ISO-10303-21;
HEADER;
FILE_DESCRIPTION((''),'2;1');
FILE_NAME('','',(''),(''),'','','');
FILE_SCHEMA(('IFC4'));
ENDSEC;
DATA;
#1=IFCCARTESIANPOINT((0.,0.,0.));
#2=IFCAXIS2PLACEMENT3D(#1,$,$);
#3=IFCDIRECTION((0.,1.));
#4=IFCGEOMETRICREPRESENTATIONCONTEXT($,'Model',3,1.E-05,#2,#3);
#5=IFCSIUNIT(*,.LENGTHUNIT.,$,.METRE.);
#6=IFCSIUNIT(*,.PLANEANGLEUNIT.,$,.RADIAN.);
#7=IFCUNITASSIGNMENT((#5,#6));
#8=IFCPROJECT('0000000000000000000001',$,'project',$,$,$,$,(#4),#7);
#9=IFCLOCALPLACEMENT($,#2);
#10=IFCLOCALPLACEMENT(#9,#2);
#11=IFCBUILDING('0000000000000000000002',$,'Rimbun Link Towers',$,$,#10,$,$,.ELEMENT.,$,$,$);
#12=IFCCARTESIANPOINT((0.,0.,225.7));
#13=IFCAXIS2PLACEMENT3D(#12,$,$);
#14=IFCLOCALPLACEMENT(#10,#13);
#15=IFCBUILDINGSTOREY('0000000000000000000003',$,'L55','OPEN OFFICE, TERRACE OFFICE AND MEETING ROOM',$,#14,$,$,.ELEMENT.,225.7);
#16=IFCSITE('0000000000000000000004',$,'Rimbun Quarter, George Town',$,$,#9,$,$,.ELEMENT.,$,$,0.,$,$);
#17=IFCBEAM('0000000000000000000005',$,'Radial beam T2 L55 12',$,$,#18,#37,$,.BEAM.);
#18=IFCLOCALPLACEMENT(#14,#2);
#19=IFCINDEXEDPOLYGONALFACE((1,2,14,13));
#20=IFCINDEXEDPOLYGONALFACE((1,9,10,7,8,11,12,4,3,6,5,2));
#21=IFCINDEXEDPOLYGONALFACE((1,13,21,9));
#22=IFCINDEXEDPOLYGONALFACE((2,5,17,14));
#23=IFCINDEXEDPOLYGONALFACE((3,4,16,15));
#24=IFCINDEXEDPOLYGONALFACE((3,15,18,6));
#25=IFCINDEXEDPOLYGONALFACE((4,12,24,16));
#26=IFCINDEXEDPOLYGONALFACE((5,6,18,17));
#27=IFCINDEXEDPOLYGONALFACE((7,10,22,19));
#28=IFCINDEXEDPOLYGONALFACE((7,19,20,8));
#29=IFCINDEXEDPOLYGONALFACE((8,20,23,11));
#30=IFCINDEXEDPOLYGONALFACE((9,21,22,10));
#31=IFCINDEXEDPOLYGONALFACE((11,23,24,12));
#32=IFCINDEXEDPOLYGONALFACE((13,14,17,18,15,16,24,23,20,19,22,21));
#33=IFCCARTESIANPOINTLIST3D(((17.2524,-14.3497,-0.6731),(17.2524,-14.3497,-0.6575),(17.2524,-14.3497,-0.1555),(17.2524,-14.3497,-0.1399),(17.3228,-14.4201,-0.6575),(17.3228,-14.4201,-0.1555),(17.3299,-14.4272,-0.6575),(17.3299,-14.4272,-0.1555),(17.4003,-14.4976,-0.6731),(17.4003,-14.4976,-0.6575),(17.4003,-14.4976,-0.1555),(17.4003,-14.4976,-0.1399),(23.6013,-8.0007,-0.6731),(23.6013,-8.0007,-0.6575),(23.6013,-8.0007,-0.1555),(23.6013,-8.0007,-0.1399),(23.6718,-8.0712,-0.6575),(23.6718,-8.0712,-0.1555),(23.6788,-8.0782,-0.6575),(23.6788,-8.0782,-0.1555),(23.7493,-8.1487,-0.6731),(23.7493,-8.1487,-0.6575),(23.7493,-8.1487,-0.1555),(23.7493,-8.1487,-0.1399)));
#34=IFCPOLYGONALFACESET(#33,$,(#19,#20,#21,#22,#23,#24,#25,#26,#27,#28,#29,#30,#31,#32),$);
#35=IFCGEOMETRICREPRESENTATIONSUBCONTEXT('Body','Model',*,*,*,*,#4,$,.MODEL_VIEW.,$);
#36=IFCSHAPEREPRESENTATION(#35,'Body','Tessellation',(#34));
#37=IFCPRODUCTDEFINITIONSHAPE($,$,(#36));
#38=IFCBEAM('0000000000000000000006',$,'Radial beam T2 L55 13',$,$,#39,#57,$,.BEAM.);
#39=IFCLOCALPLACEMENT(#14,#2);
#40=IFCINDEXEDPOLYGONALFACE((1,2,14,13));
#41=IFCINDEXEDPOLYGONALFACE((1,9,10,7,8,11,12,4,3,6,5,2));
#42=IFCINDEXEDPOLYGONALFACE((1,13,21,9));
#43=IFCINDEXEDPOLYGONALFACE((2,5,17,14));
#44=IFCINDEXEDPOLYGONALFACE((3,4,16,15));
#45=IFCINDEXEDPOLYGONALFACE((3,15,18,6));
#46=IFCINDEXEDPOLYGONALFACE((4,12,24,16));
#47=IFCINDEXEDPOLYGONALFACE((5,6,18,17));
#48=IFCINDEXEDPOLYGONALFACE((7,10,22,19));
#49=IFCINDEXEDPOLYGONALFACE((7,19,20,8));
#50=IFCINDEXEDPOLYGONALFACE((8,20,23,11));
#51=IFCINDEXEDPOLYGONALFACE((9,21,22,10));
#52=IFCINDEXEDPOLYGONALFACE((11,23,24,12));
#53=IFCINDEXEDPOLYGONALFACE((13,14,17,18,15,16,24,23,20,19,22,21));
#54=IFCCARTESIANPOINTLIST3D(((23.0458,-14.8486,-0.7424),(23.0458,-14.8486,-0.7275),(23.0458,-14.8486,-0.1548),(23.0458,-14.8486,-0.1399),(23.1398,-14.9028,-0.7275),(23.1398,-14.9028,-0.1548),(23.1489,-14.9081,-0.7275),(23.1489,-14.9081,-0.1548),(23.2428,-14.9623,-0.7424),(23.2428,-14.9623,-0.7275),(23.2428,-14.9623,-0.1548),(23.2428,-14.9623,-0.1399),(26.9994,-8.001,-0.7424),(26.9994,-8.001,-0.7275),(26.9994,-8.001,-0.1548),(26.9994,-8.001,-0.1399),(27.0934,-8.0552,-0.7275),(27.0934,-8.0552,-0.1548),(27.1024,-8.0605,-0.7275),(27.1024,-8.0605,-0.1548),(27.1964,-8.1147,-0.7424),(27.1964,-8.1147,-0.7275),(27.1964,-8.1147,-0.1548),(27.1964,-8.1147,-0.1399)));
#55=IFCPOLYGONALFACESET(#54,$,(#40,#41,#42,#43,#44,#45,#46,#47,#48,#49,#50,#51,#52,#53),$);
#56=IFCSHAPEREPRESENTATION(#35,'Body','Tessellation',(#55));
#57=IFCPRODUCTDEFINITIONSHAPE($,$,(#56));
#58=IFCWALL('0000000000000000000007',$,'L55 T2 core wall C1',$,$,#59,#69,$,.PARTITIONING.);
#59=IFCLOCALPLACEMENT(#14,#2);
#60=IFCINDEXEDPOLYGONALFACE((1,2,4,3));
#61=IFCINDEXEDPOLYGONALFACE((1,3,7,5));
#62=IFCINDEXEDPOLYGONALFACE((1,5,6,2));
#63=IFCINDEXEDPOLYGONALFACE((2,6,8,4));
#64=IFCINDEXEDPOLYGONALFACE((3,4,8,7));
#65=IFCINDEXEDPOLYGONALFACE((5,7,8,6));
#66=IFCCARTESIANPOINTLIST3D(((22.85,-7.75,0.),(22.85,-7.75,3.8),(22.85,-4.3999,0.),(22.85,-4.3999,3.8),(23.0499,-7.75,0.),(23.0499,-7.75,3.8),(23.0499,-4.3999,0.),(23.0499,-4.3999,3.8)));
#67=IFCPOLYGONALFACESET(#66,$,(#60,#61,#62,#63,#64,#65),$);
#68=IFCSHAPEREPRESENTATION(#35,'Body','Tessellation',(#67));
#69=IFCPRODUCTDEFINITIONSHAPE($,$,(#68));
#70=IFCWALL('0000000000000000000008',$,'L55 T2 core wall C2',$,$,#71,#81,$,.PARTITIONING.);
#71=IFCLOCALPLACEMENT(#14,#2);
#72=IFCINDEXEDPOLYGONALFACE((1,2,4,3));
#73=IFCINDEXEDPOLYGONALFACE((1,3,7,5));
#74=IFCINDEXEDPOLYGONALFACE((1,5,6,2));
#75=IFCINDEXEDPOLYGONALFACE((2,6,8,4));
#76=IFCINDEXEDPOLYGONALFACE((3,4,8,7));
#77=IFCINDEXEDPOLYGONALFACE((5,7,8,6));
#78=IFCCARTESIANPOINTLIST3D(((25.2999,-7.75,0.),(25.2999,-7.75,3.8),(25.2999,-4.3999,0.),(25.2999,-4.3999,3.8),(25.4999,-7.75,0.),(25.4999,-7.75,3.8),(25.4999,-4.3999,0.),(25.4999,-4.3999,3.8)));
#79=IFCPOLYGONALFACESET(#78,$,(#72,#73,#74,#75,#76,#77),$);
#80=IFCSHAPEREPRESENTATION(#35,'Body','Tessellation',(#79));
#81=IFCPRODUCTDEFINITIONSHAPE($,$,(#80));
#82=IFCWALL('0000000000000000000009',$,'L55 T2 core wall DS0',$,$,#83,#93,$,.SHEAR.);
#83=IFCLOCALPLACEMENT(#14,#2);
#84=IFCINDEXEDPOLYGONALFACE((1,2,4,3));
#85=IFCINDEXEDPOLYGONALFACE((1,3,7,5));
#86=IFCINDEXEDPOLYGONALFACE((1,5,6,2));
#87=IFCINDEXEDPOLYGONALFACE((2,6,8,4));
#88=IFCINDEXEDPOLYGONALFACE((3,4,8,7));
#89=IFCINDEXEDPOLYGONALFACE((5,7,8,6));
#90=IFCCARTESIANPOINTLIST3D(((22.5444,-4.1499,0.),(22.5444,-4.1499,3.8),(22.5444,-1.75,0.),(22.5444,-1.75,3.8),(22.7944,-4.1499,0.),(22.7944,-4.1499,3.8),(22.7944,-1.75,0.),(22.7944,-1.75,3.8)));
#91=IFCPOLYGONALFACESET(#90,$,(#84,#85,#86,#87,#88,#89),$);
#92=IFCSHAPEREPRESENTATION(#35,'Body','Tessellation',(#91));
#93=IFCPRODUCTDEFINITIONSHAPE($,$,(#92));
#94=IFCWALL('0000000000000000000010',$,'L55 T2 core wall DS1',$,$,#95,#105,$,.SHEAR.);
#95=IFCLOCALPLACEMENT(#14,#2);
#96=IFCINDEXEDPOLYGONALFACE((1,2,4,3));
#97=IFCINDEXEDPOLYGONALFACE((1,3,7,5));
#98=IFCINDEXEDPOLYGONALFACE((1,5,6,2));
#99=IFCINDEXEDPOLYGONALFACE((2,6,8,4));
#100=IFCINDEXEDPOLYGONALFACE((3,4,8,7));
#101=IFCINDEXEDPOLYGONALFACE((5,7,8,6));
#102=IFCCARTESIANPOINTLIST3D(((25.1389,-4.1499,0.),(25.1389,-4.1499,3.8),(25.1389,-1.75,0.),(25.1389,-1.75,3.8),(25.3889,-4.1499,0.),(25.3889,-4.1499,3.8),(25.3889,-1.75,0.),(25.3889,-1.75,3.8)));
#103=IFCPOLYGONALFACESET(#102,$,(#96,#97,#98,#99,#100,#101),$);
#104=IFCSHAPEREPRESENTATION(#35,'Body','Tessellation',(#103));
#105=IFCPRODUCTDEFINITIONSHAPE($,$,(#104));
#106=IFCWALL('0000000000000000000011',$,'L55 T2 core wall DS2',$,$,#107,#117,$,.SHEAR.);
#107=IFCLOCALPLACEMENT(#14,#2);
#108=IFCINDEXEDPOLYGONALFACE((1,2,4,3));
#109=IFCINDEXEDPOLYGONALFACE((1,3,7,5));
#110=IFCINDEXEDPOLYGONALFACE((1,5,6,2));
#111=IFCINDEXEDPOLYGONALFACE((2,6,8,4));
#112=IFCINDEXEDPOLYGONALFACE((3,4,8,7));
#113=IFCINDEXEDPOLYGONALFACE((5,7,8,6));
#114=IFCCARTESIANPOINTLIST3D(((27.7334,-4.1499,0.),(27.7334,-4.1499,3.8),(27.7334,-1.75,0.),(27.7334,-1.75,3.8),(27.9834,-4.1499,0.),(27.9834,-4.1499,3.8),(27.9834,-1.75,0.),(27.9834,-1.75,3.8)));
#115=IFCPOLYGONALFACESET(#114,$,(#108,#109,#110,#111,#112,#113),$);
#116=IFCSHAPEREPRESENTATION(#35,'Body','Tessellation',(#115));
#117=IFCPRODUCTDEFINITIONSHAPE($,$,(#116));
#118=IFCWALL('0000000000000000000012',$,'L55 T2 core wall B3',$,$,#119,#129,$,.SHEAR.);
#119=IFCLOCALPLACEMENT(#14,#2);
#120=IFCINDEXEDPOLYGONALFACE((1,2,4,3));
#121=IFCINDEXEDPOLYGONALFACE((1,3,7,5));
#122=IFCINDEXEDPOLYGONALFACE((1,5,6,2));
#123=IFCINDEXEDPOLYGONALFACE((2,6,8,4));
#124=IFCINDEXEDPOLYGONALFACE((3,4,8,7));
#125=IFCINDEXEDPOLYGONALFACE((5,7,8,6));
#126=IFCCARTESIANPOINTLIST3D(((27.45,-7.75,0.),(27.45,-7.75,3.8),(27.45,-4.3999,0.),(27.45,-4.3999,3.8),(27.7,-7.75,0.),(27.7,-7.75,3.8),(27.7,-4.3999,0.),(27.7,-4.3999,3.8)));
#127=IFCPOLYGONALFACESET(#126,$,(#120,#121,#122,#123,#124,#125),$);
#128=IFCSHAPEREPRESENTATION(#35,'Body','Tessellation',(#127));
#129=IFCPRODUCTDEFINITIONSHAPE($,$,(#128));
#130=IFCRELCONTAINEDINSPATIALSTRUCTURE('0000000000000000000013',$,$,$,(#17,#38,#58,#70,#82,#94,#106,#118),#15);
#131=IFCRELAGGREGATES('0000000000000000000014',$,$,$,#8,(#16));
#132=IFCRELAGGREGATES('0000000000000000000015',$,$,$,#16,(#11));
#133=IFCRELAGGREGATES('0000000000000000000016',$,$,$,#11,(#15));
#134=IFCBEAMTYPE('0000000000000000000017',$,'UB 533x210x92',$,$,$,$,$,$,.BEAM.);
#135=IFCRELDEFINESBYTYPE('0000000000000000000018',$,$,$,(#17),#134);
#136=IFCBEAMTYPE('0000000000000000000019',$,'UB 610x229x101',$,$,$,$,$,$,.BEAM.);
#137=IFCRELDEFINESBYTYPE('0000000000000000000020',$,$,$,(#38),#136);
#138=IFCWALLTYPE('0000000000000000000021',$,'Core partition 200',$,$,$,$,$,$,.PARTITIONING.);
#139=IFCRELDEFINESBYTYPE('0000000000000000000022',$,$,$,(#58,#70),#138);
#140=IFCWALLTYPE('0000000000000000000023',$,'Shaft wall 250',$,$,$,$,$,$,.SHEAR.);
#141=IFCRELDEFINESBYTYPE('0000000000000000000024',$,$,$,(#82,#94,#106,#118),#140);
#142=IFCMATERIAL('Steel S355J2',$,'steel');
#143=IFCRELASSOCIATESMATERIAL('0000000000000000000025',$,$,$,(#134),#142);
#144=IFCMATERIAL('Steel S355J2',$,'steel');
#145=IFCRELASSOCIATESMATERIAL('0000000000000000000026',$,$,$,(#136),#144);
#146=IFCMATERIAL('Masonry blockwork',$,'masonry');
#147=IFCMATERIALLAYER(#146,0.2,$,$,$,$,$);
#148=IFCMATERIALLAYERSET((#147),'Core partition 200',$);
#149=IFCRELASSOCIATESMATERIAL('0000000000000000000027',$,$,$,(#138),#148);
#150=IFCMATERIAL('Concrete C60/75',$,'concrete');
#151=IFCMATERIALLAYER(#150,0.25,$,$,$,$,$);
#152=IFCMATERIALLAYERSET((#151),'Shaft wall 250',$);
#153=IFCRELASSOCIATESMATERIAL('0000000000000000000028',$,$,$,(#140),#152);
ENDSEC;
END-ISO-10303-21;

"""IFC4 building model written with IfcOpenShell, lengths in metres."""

from ifc_helpers import new_model, si_unit, direction, frame, frame_2d, origin, origin_2d, place, context, subcontext, project, spatial, rectangle, i_section, extrude, material, layer, layer_set, material_profile, profile_set, type_object, element, save


model = new_model("IFC4")

# Units and contexts
model_context = context("Model", 3, precision=1e-05, world=origin(), true_north=direction((0.0, 1.0)))
body_context = subcontext(model_context, "Body", "Model", "MODEL_VIEW")
ifc_project = project(units=[si_unit("LENGTHUNIT", "METRE"), si_unit("PLANEANGLEUNIT", "RADIAN")], contexts=[model_context])

# Site, building, storey
site_placement = place(None, origin())
site = spatial("IfcSite", under=ifc_project, at=site_placement, Name="Rimbun Quarter, George Town", CompositionType="ELEMENT", RefElevation=0.0)
building_placement = place(site_placement, origin())
building = spatial("IfcBuilding", under=site, at=building_placement, Name="Rimbun Link Towers", CompositionType="ELEMENT")
storey_placement = place(building_placement, frame((0.0, 0.0, 225.7)))
storey = spatial("IfcBuildingStorey", under=building, at=storey_placement, Name="L55", Description="OPEN OFFICE, TERRACE OFFICE AND MEETING ROOM", CompositionType="ELEMENT", Elevation=225.7)

# Beams
ifc_material_1 = material(Name="Steel S355J2", Category="steel")
ifc_material_profile_1 = material_profile(ifc_material_1, i_section(OverallWidth=0.2092, OverallDepth=0.5332, WebThickness=0.01, FlangeThickness=0.0156, at=origin_2d()), Name="UB 533x210x92")
ifc_profile_set_1 = profile_set([ifc_material_profile_1], Name="Steel S355J2")
beam_type_1 = type_object("IfcBeamType", Name="UB 533x210x92", PredefinedType="BEAM", material=ifc_profile_set_1)
beam_1_placement = place(storey_placement, frame((23.6753, -8.0747, -0.4065), z_axis=(-0.707107, -0.707107, 0.0), x_axis=(0.707107, -0.707107, 0.0)))
element("IfcBeam", 1, at=beam_1_placement, inside=storey, type_object=beam_type_1, Name="Radial beam T2 L55 12", PredefinedType="BEAM", context=body_context, shape_type="SweptSolid", body=[
    extrude(i_section(OverallWidth=0.2092, OverallDepth=0.5332, WebThickness=0.01, FlangeThickness=0.0156, at=origin_2d()), origin(), (0.0, 0.0, 1.0), 8.9788),
])
ifc_material_2 = material(Name="Steel S355J2", Category="steel")
ifc_material_profile_2 = material_profile(ifc_material_2, i_section(OverallWidth=0.2275, OverallDepth=0.6025, WebThickness=0.0105, FlangeThickness=0.0149, at=origin_2d()), Name="UB 610x229x101")
ifc_profile_set_2 = profile_set([ifc_material_profile_2], Name="Steel S355J2")
beam_type_2 = type_object("IfcBeamType", Name="UB 610x229x101", PredefinedType="BEAM", material=ifc_profile_set_2)
beam_2_placement = place(storey_placement, frame((27.0979, -8.0579, -0.4412), z_axis=(-0.500011, -0.866019, 0.0), x_axis=(0.866019, -0.500011, 0.0)))
element("IfcBeam", 2, at=beam_2_placement, inside=storey, type_object=beam_type_2, Name="Radial beam T2 L55 13", PredefinedType="BEAM", context=body_context, shape_type="SweptSolid", body=[
    extrude(i_section(OverallWidth=0.2275, OverallDepth=0.6025, WebThickness=0.0105, FlangeThickness=0.0149, at=origin_2d()), origin(), (0.0, 0.0, 1.0), 7.907),
])

# Walls
ifc_material_3 = material(Name="Masonry blockwork", Category="masonry")
ifc_layer_1 = layer(ifc_material_3, 0.2)
ifc_layer_set_1 = layer_set([ifc_layer_1], Name="Core partition 200")
wall_type_1 = type_object("IfcWallType", Name="Core partition 200", PredefinedType="PARTITIONING", material=ifc_layer_set_1)
for number, where, z_axis, x_axis, name in (
    (3, (22.95, -4.3999, 0.0), (0.0, 0.0, 1.0), (0.0, -1.0, 0.0), "L55 T2 core wall C1"),
    (4, (25.3999, -4.3999, 0.0), (0.0, 0.0, 1.0), (0.0, -1.0, 0.0), "L55 T2 core wall C2"),
):
    element("IfcWall", number, at=place(storey_placement, frame(where, z_axis=z_axis, x_axis=x_axis)), inside=storey, type_object=wall_type_1, Name=name, PredefinedType="PARTITIONING", context=body_context, shape_type="SweptSolid", body=[
        extrude(rectangle(XDim=3.3501, YDim=0.2, at=frame_2d((1.675, 0.0))), origin(), (0.0, 0.0, 1.0), 3.8),
    ])
ifc_material_4 = material(Name="Concrete C60/75", Category="concrete")
ifc_layer_2 = layer(ifc_material_4, 0.25)
ifc_layer_set_2 = layer_set([ifc_layer_2], Name="Shaft wall 250")
wall_type_2 = type_object("IfcWallType", Name="Shaft wall 250", PredefinedType="SHEAR", material=ifc_layer_set_2)
for number, where, z_axis, x_axis, name in (
    (5, (22.6694, -4.1499, 0.0), (0.0, 0.0, 1.0), (0.0, 1.0, 0.0), "L55 T2 core wall DS0"),
    (6, (25.2639, -4.1499, 0.0), (0.0, 0.0, 1.0), (0.0, 1.0, 0.0), "L55 T2 core wall DS1"),
    (7, (27.8584, -4.1499, 0.0), (0.0, 0.0, 1.0), (0.0, 1.0, 0.0), "L55 T2 core wall DS2"),
):
    element("IfcWall", number, at=place(storey_placement, frame(where, z_axis=z_axis, x_axis=x_axis)), inside=storey, type_object=wall_type_2, Name=name, PredefinedType="SHEAR", context=body_context, shape_type="SweptSolid", body=[
        extrude(rectangle(XDim=2.3999, YDim=0.25, at=frame_2d((1.2, 0.0))), origin(), (0.0, 0.0, 1.0), 3.8),
    ])
wall_placement = place(storey_placement, frame((27.575, -4.3999, 0.0), z_axis=(0.0, 0.0, 1.0), x_axis=(0.0, -1.0, 0.0)))
element("IfcWall", 8, at=wall_placement, inside=storey, type_object=wall_type_2, Name="L55 T2 core wall B3", PredefinedType="SHEAR", context=body_context, shape_type="SweptSolid", body=[
    extrude(rectangle(XDim=3.3501, YDim=0.25, at=frame_2d((1.675, 0.0))), origin(), (0.0, 0.0, 1.0), 3.8),
])

save(model, "model.ifc")
